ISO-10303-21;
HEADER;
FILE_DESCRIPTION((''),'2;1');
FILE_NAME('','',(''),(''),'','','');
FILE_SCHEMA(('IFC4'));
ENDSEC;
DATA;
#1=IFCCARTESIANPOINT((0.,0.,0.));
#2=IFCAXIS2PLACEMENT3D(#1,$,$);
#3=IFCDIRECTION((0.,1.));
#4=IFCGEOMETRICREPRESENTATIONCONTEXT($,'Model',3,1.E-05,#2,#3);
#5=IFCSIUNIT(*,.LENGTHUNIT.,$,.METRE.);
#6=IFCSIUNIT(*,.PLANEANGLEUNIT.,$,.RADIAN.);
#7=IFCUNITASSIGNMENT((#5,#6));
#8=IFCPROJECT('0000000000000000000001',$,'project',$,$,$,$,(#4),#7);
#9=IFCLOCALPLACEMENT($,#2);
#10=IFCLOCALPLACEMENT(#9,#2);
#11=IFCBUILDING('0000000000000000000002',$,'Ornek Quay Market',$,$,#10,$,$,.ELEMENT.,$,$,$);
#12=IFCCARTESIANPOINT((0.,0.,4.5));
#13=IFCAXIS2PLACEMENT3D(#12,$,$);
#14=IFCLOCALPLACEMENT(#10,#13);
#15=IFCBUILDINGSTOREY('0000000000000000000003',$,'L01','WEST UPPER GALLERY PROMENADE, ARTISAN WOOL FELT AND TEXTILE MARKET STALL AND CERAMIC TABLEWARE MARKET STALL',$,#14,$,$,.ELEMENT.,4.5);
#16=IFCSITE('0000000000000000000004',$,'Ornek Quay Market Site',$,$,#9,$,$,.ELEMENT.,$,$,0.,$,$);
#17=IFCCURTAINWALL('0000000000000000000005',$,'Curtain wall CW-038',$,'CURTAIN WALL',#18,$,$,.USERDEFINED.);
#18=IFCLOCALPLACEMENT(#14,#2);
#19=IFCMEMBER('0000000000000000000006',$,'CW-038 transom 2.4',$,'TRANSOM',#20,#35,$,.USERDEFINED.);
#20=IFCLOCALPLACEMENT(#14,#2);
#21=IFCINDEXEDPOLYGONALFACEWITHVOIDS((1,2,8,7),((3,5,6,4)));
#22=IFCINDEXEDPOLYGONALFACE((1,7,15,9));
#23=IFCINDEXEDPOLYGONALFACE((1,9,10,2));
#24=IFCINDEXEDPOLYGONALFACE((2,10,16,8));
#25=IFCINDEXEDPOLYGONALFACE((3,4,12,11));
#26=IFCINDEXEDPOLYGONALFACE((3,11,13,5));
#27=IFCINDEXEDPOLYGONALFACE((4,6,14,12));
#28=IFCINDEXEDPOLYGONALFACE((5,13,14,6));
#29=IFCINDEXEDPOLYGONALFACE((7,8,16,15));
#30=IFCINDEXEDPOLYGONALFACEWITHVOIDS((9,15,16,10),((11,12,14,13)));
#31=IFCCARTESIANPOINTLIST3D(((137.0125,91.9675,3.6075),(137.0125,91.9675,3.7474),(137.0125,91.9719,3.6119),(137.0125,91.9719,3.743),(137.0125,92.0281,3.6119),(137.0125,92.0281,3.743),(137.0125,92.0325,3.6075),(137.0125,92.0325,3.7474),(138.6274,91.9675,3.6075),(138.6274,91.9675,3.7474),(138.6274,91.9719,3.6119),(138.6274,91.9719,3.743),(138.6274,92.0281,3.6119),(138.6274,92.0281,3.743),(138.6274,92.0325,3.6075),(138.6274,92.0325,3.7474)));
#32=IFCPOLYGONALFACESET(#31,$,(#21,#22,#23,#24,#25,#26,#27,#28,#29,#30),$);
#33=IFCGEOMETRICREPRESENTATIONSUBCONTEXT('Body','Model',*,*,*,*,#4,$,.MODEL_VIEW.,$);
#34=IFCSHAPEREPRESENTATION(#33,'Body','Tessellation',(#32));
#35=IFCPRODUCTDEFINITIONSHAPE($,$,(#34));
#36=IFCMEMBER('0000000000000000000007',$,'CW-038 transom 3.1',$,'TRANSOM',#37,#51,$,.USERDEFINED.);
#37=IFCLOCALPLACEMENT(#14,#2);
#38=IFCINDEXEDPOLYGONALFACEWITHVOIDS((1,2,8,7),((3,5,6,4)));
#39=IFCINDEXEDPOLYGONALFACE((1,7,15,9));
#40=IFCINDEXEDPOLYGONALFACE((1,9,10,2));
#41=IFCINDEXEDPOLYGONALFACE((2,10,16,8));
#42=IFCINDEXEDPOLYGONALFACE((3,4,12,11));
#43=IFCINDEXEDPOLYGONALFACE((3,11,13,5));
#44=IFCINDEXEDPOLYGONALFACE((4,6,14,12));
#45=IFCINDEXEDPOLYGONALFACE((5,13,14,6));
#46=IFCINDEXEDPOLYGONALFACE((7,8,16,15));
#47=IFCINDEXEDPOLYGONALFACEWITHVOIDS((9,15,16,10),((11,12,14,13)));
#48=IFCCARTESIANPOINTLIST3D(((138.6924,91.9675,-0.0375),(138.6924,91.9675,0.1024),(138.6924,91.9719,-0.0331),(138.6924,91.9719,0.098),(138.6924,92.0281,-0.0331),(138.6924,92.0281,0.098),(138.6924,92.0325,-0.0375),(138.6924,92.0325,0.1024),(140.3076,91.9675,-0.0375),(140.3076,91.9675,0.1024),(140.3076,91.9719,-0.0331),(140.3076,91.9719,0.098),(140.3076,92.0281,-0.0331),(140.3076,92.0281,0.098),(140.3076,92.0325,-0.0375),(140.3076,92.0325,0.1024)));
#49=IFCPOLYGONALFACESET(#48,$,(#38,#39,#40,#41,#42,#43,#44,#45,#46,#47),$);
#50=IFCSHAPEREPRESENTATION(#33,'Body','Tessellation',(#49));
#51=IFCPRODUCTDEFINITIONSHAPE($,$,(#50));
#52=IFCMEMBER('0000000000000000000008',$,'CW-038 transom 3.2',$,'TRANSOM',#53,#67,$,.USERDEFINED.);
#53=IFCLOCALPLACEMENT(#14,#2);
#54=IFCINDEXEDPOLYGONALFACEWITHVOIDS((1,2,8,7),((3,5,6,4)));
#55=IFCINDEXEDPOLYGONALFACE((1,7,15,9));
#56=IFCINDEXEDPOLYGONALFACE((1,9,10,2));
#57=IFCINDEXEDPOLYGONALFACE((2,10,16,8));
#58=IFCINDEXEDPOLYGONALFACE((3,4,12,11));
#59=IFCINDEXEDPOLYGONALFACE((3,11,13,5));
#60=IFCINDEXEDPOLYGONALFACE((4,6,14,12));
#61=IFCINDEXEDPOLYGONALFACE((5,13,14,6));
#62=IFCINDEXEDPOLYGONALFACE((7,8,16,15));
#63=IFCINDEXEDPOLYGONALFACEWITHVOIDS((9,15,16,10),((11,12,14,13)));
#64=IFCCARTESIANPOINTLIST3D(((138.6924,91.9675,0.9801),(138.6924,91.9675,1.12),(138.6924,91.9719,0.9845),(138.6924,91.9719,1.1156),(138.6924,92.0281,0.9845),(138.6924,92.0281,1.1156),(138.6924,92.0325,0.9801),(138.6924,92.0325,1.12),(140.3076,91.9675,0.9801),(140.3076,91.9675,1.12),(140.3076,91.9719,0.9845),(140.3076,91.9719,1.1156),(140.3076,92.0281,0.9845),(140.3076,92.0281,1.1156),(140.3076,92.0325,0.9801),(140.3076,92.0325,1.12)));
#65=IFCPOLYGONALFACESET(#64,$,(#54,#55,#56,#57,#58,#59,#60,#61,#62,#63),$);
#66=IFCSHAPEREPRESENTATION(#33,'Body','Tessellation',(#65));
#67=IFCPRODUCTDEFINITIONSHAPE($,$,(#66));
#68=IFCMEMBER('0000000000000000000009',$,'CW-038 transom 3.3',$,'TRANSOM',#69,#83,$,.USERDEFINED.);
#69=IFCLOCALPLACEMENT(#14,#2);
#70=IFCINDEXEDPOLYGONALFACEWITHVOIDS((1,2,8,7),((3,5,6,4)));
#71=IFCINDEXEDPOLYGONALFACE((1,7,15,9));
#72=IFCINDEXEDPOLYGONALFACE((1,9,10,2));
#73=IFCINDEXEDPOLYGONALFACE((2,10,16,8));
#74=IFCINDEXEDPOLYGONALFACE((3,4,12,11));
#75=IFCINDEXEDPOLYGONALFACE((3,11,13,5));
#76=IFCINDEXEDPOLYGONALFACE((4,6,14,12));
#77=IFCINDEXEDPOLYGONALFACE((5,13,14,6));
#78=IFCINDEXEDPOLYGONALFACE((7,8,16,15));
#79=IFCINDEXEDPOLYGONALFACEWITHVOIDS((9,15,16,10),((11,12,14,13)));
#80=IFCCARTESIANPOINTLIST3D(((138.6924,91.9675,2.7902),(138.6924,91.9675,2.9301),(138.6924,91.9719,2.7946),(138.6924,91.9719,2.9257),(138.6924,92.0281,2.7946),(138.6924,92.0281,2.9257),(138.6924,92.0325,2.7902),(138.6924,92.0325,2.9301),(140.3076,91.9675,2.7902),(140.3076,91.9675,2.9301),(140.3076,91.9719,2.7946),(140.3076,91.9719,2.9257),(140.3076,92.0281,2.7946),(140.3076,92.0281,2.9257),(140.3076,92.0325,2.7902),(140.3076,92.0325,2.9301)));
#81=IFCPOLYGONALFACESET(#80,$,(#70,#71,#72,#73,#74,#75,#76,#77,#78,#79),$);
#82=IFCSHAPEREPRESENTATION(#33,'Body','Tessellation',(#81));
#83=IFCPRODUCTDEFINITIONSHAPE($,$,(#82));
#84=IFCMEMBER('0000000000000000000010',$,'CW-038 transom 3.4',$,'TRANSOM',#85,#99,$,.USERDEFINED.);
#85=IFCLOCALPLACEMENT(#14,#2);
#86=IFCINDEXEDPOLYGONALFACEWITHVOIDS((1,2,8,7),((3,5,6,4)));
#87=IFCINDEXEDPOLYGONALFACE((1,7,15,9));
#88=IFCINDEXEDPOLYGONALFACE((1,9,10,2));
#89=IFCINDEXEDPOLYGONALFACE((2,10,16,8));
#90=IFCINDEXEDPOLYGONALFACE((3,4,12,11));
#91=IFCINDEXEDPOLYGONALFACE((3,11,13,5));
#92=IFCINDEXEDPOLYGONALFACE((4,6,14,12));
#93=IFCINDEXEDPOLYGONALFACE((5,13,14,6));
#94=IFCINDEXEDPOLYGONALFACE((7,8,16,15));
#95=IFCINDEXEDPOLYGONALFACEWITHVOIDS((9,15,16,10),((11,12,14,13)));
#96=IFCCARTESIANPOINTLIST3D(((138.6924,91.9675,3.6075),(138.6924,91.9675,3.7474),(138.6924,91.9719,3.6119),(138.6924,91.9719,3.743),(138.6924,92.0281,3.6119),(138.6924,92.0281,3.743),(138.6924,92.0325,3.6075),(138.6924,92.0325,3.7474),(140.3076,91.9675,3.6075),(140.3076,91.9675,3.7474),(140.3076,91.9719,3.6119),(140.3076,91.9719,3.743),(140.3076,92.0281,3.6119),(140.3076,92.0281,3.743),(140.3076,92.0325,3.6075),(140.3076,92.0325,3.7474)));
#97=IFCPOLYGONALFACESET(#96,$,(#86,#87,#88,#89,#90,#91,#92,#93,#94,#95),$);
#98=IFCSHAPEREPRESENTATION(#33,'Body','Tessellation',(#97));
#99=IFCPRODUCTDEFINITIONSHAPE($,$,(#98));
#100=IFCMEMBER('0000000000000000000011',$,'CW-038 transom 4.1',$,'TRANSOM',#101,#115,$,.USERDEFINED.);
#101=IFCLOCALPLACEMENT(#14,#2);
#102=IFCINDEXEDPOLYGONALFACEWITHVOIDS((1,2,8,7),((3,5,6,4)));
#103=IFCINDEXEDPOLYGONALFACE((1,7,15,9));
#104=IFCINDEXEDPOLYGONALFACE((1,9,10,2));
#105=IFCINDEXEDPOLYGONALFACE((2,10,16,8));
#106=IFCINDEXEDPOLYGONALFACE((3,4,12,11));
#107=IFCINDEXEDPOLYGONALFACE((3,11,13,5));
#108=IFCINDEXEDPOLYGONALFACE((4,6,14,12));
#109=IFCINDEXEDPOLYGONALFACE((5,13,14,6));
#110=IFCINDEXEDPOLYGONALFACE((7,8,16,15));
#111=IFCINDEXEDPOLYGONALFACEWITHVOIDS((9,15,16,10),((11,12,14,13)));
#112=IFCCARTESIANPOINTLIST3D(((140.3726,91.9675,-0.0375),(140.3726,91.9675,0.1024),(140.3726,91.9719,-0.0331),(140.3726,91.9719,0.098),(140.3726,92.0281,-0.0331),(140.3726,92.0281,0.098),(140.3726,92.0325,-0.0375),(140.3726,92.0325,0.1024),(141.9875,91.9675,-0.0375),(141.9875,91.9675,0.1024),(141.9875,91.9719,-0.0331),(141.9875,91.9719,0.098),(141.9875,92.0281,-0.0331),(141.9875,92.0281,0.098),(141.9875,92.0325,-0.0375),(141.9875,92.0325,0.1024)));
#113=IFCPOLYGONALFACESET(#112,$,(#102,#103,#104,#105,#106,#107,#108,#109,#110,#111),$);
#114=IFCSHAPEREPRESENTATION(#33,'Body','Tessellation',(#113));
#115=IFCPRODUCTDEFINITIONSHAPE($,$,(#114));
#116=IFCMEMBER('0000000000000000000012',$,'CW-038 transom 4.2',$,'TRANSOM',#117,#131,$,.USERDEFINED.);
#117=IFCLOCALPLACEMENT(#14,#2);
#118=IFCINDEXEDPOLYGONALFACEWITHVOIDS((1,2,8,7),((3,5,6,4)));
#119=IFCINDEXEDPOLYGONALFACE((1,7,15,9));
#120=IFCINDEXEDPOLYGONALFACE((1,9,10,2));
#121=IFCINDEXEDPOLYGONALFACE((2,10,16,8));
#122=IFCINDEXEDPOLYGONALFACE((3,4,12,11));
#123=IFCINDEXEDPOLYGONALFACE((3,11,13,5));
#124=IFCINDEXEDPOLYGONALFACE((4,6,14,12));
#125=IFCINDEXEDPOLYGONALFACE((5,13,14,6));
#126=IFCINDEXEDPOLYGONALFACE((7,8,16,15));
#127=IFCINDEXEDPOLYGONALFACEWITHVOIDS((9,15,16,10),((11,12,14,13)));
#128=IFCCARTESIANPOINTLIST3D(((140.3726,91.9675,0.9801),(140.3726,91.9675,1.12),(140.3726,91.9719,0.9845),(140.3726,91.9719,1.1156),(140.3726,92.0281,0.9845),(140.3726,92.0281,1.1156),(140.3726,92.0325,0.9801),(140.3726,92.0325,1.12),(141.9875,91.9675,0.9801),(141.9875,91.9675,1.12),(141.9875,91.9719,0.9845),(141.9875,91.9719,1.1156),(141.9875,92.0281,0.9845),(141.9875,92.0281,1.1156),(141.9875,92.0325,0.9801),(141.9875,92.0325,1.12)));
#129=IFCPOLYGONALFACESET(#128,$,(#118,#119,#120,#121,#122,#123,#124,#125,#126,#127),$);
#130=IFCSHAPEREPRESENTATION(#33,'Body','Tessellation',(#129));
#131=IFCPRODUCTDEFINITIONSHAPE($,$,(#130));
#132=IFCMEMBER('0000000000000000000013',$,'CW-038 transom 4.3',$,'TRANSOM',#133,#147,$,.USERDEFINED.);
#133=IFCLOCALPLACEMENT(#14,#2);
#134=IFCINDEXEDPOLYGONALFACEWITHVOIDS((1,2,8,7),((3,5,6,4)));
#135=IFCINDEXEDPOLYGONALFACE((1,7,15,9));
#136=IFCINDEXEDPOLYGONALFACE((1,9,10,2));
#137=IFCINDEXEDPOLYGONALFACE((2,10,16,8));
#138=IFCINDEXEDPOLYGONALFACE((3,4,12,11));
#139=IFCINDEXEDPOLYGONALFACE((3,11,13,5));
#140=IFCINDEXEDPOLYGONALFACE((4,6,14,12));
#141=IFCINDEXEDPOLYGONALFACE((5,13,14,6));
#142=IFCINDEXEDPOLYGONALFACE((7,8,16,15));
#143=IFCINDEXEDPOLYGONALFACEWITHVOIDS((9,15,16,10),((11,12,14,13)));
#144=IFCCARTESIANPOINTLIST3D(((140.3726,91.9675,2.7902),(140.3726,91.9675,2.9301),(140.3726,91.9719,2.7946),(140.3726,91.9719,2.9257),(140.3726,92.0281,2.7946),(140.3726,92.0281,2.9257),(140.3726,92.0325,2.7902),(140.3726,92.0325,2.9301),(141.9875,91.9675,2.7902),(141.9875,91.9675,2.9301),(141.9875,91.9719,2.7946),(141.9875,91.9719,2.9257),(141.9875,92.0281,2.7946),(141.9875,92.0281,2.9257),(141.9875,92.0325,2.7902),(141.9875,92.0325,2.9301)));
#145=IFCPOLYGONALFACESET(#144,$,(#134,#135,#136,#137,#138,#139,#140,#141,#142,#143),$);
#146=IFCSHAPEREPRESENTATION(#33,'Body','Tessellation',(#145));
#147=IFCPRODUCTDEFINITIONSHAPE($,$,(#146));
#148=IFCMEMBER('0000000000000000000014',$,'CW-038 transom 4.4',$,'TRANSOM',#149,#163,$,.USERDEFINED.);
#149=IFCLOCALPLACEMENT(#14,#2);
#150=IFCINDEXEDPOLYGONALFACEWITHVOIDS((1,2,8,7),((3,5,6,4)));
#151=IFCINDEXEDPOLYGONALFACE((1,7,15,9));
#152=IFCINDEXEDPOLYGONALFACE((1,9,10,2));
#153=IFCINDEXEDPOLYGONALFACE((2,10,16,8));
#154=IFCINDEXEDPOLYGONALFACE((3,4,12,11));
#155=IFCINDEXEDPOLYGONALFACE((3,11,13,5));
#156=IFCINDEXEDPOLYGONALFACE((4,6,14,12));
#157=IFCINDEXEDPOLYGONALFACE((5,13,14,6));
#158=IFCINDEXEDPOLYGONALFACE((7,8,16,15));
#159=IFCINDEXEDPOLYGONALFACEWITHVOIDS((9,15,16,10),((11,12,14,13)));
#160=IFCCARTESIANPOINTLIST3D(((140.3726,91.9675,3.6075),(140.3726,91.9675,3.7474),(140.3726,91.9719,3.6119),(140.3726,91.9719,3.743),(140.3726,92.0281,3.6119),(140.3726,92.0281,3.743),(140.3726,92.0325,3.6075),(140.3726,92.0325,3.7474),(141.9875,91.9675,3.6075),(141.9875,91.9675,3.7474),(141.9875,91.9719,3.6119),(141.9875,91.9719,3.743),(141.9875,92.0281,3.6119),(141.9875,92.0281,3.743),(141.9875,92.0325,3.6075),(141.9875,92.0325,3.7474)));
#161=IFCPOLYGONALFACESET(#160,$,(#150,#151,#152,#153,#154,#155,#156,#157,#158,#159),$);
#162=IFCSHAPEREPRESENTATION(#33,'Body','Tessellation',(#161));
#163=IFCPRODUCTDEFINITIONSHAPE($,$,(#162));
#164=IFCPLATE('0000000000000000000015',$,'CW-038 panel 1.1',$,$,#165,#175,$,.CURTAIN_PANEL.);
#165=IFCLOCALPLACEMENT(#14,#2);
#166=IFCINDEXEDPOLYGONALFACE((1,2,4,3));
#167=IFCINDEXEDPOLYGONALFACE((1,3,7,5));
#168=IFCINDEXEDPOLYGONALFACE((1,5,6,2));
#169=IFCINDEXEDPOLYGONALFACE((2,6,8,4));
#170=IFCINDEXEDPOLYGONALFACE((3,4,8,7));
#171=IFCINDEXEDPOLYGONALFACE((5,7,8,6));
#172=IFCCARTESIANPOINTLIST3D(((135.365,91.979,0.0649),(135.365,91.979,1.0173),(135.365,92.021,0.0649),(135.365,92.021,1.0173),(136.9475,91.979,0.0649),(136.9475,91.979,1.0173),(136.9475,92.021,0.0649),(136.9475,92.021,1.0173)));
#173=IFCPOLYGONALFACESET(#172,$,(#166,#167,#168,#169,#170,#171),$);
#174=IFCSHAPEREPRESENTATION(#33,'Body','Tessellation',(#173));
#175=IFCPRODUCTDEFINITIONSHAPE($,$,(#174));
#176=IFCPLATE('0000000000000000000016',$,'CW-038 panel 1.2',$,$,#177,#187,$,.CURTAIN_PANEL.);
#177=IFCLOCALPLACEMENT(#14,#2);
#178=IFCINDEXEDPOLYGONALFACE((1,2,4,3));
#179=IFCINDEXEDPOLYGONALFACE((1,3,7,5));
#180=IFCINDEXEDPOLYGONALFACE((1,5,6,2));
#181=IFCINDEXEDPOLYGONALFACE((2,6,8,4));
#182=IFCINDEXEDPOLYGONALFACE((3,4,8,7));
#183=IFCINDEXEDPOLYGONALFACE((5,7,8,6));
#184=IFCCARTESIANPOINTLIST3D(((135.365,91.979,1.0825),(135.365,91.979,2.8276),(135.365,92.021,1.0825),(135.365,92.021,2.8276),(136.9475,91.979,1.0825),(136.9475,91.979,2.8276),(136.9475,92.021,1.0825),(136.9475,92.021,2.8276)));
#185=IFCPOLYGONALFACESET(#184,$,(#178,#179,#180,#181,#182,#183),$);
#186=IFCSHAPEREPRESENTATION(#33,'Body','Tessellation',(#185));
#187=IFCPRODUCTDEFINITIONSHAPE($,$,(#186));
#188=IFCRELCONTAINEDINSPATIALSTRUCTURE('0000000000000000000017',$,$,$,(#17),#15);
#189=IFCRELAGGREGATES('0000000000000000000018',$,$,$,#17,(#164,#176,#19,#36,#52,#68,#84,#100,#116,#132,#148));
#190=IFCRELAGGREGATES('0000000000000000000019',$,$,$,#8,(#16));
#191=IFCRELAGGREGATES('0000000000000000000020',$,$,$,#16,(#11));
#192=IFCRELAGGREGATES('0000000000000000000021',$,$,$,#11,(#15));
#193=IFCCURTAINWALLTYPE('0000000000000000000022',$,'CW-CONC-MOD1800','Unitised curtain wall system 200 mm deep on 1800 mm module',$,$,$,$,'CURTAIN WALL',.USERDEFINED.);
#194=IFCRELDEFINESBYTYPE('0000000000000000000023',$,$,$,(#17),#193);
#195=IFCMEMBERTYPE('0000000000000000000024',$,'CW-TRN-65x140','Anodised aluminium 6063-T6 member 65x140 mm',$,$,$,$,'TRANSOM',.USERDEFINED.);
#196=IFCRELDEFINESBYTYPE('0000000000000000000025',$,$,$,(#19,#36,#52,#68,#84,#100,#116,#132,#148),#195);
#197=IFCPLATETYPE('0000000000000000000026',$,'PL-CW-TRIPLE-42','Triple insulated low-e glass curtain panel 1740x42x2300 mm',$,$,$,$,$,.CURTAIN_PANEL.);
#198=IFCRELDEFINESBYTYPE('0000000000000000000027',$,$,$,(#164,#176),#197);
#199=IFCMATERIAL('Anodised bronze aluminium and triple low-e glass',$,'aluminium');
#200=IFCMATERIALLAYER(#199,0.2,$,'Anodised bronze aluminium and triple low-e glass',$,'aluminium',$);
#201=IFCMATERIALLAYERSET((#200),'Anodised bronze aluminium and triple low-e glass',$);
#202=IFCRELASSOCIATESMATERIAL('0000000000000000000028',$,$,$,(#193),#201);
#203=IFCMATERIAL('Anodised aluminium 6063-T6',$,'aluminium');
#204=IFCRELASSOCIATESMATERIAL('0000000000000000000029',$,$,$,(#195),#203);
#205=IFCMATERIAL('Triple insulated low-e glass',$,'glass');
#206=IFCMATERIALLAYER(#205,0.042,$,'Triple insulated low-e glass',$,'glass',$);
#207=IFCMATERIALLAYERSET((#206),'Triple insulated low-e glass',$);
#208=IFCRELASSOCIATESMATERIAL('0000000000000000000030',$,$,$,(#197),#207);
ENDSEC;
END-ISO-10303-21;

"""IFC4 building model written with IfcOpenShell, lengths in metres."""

from ifc_helpers import new_model, si_unit, direction, frame, origin, origin_2d, place, context, subcontext, project, spatial, rectangle, hollow_rectangle, extrude, material, layer, layer_set, material_profile, profile_set, type_object, element, aggregate, save


model = new_model("IFC4")

# Units and contexts
model_context = context("Model", 3, precision=1e-05, world=origin(), true_north=direction((0.0, 1.0)))
body_context = subcontext(model_context, "Body", "Model", "MODEL_VIEW")
ifc_project = project(units=[si_unit("LENGTHUNIT", "METRE"), si_unit("PLANEANGLEUNIT", "RADIAN")], contexts=[model_context])

# Site, building, storey
site_placement = place(None, origin())
site = spatial("IfcSite", under=ifc_project, at=site_placement, Name="Ornek Quay Market Site", CompositionType="ELEMENT", RefElevation=0.0)
building_placement = place(site_placement, origin())
building = spatial("IfcBuilding", under=site, at=building_placement, Name="Ornek Quay Market", CompositionType="ELEMENT")
storey_placement = place(building_placement, frame((0.0, 0.0, 4.5)))
storey = spatial("IfcBuildingStorey", under=building, at=storey_placement, Name="L01", Description="WEST UPPER GALLERY PROMENADE, ARTISAN WOOL FELT AND TEXTILE MARKET STALL AND CERAMIC TABLEWARE MARKET STALL", CompositionType="ELEMENT", Elevation=4.5)

# Curtain wall, members, plates
ifc_material_1 = material(Name="Anodised bronze aluminium and triple low-e glass", Category="aluminium")
ifc_layer_1 = layer(ifc_material_1, 0.2, Name="Anodised bronze aluminium and triple low-e glass", Category="aluminium")
ifc_layer_set_1 = layer_set([ifc_layer_1], Name="Anodised bronze aluminium and triple low-e glass")
curtain_wall_type = type_object("IfcCurtainWallType", Name="CW-CONC-MOD1800", Description="Unitised curtain wall system 200 mm deep on 1800 mm module", ElementType="CURTAIN WALL", PredefinedType="USERDEFINED", material=ifc_layer_set_1)
curtain_wall_placement = place(storey_placement, origin())
curtain_wall = element("IfcCurtainWall", 1, at=curtain_wall_placement, inside=storey, type_object=curtain_wall_type, Name="Curtain wall CW-038", ObjectType="CURTAIN WALL", PredefinedType="USERDEFINED")
ifc_material_2 = material(Name="Anodised aluminium 6063-T6", Category="aluminium")
ifc_material_profile_1 = material_profile(ifc_material_2, hollow_rectangle(XDim=0.0649, YDim=0.1399, WallThickness=0.0044, at=origin_2d()), Name="CW-TRN-65x140", Category="aluminium")
ifc_profile_set_1 = profile_set([ifc_material_profile_1], Name="Anodised aluminium 6063-T6")
member_type_1 = type_object("IfcMemberType", Name="CW-TRN-65x140", Description="Anodised aluminium 6063-T6 member 65x140 mm", ElementType="TRANSOM", PredefinedType="USERDEFINED", material=ifc_profile_set_1)
member_1_placement = place(storey_placement, frame((137.0125, 92.0, 3.6775), z_axis=(1.0, 0.0, 0.0), x_axis=(0.0, 1.0, 0.0)))
member_1 = element("IfcMember", 2, at=member_1_placement, type_object=member_type_1, Name="CW-038 transom 2.4", ObjectType="TRANSOM", PredefinedType="USERDEFINED", context=body_context, shape_type="SweptSolid", body=[
    extrude(hollow_rectangle(XDim=0.0649, YDim=0.1399, WallThickness=0.0044, at=origin_2d()), origin(), (0.0, 0.0, 1.0), 1.615),
])
member_2_placement = place(storey_placement, frame((138.6924, 92.0, 0.0325), z_axis=(1.0, 0.0, 0.0), x_axis=(0.0, 1.0, 0.0)))
member_2 = element("IfcMember", 3, at=member_2_placement, type_object=member_type_1, Name="CW-038 transom 3.1", ObjectType="TRANSOM", PredefinedType="USERDEFINED", context=body_context, shape_type="SweptSolid", body=[
    extrude(hollow_rectangle(XDim=0.0649, YDim=0.1399, WallThickness=0.0044, at=origin_2d()), origin(), (0.0, 0.0, 1.0), 1.6152),
])
member_3_placement = place(storey_placement, frame((138.6924, 92.0, 1.05), z_axis=(1.0, 0.0, 0.0), x_axis=(0.0, 1.0, 0.0)))
member_3 = element("IfcMember", 4, at=member_3_placement, type_object=member_type_1, Name="CW-038 transom 3.2", ObjectType="TRANSOM", PredefinedType="USERDEFINED", context=body_context, shape_type="SweptSolid", body=[
    extrude(hollow_rectangle(XDim=0.0649, YDim=0.1399, WallThickness=0.0044, at=origin_2d()), origin(), (0.0, 0.0, 1.0), 1.6152),
])
member_4_placement = place(storey_placement, frame((138.6924, 92.0, 2.8601), z_axis=(1.0, 0.0, 0.0), x_axis=(0.0, 1.0, 0.0)))
member_4 = element("IfcMember", 5, at=member_4_placement, type_object=member_type_1, Name="CW-038 transom 3.3", ObjectType="TRANSOM", PredefinedType="USERDEFINED", context=body_context, shape_type="SweptSolid", body=[
    extrude(hollow_rectangle(XDim=0.0649, YDim=0.1399, WallThickness=0.0044, at=origin_2d()), origin(), (0.0, 0.0, 1.0), 1.6152),
])
member_5_placement = place(storey_placement, frame((138.6924, 92.0, 3.6775), z_axis=(1.0, 0.0, 0.0), x_axis=(0.0, 1.0, 0.0)))
member_5 = element("IfcMember", 6, at=member_5_placement, type_object=member_type_1, Name="CW-038 transom 3.4", ObjectType="TRANSOM", PredefinedType="USERDEFINED", context=body_context, shape_type="SweptSolid", body=[
    extrude(hollow_rectangle(XDim=0.0649, YDim=0.1399, WallThickness=0.0044, at=origin_2d()), origin(), (0.0, 0.0, 1.0), 1.6152),
])
member_6_placement = place(storey_placement, frame((140.3726, 92.0, 0.0325), z_axis=(1.0, 0.0, 0.0), x_axis=(0.0, 1.0, 0.0)))
member_6 = element("IfcMember", 7, at=member_6_placement, type_object=member_type_1, Name="CW-038 transom 4.1", ObjectType="TRANSOM", PredefinedType="USERDEFINED", context=body_context, shape_type="SweptSolid", body=[
    extrude(hollow_rectangle(XDim=0.0649, YDim=0.1399, WallThickness=0.0044, at=origin_2d()), origin(), (0.0, 0.0, 1.0), 1.615),
])
member_7_placement = place(storey_placement, frame((140.3726, 92.0, 1.05), z_axis=(1.0, 0.0, 0.0), x_axis=(0.0, 1.0, 0.0)))
member_7 = element("IfcMember", 8, at=member_7_placement, type_object=member_type_1, Name="CW-038 transom 4.2", ObjectType="TRANSOM", PredefinedType="USERDEFINED", context=body_context, shape_type="SweptSolid", body=[
    extrude(hollow_rectangle(XDim=0.0649, YDim=0.1399, WallThickness=0.0044, at=origin_2d()), origin(), (0.0, 0.0, 1.0), 1.615),
])
member_8_placement = place(storey_placement, frame((140.3726, 92.0, 2.8601), z_axis=(1.0, 0.0, 0.0), x_axis=(0.0, 1.0, 0.0)))
member_8 = element("IfcMember", 9, at=member_8_placement, type_object=member_type_1, Name="CW-038 transom 4.3", ObjectType="TRANSOM", PredefinedType="USERDEFINED", context=body_context, shape_type="SweptSolid", body=[
    extrude(hollow_rectangle(XDim=0.0649, YDim=0.1399, WallThickness=0.0044, at=origin_2d()), origin(), (0.0, 0.0, 1.0), 1.615),
])
member_9_placement = place(storey_placement, frame((140.3726, 92.0, 3.6775), z_axis=(1.0, 0.0, 0.0), x_axis=(0.0, 1.0, 0.0)))
member_9 = element("IfcMember", 10, at=member_9_placement, type_object=member_type_1, Name="CW-038 transom 4.4", ObjectType="TRANSOM", PredefinedType="USERDEFINED", context=body_context, shape_type="SweptSolid", body=[
    extrude(hollow_rectangle(XDim=0.0649, YDim=0.1399, WallThickness=0.0044, at=origin_2d()), origin(), (0.0, 0.0, 1.0), 1.615),
])
ifc_material_3 = material(Name="Triple insulated low-e glass", Category="glass")
ifc_layer_2 = layer(ifc_material_3, 0.042, Name="Triple insulated low-e glass", Category="glass")
ifc_layer_set_2 = layer_set([ifc_layer_2], Name="Triple insulated low-e glass")
plate_type = type_object("IfcPlateType", Name="PL-CW-TRIPLE-42", Description="Triple insulated low-e glass curtain panel 1740x42x2300 mm", PredefinedType="CURTAIN_PANEL", material=ifc_layer_set_2)
plate_1_placement = place(storey_placement, frame((136.1562, 92.0, 0.0649), z_axis=(0.0, 0.0, 1.0), x_axis=(1.0, 0.0, 0.0)))
plate_1 = element("IfcPlate", 11, at=plate_1_placement, type_object=plate_type, Name="CW-038 panel 1.1", PredefinedType="CURTAIN_PANEL", context=body_context, shape_type="SweptSolid", body=[
    extrude(rectangle(XDim=1.5825, YDim=0.042, at=origin_2d()), origin(), (0.0, 0.0, 1.0), 0.9524),
])
plate_2_placement = place(storey_placement, frame((136.1562, 92.0, 1.0825), z_axis=(0.0, 0.0, 1.0), x_axis=(1.0, 0.0, 0.0)))
plate_2 = element("IfcPlate", 12, at=plate_2_placement, type_object=plate_type, Name="CW-038 panel 1.2", PredefinedType="CURTAIN_PANEL", context=body_context, shape_type="SweptSolid", body=[
    extrude(rectangle(XDim=1.5825, YDim=0.042, at=origin_2d()), origin(), (0.0, 0.0, 1.0), 1.7451),
])
aggregate(curtain_wall, [plate_1, plate_2, member_1, member_2, member_3, member_4, member_5, member_6, member_7, member_8, member_9])

save(model, "model.ifc")
